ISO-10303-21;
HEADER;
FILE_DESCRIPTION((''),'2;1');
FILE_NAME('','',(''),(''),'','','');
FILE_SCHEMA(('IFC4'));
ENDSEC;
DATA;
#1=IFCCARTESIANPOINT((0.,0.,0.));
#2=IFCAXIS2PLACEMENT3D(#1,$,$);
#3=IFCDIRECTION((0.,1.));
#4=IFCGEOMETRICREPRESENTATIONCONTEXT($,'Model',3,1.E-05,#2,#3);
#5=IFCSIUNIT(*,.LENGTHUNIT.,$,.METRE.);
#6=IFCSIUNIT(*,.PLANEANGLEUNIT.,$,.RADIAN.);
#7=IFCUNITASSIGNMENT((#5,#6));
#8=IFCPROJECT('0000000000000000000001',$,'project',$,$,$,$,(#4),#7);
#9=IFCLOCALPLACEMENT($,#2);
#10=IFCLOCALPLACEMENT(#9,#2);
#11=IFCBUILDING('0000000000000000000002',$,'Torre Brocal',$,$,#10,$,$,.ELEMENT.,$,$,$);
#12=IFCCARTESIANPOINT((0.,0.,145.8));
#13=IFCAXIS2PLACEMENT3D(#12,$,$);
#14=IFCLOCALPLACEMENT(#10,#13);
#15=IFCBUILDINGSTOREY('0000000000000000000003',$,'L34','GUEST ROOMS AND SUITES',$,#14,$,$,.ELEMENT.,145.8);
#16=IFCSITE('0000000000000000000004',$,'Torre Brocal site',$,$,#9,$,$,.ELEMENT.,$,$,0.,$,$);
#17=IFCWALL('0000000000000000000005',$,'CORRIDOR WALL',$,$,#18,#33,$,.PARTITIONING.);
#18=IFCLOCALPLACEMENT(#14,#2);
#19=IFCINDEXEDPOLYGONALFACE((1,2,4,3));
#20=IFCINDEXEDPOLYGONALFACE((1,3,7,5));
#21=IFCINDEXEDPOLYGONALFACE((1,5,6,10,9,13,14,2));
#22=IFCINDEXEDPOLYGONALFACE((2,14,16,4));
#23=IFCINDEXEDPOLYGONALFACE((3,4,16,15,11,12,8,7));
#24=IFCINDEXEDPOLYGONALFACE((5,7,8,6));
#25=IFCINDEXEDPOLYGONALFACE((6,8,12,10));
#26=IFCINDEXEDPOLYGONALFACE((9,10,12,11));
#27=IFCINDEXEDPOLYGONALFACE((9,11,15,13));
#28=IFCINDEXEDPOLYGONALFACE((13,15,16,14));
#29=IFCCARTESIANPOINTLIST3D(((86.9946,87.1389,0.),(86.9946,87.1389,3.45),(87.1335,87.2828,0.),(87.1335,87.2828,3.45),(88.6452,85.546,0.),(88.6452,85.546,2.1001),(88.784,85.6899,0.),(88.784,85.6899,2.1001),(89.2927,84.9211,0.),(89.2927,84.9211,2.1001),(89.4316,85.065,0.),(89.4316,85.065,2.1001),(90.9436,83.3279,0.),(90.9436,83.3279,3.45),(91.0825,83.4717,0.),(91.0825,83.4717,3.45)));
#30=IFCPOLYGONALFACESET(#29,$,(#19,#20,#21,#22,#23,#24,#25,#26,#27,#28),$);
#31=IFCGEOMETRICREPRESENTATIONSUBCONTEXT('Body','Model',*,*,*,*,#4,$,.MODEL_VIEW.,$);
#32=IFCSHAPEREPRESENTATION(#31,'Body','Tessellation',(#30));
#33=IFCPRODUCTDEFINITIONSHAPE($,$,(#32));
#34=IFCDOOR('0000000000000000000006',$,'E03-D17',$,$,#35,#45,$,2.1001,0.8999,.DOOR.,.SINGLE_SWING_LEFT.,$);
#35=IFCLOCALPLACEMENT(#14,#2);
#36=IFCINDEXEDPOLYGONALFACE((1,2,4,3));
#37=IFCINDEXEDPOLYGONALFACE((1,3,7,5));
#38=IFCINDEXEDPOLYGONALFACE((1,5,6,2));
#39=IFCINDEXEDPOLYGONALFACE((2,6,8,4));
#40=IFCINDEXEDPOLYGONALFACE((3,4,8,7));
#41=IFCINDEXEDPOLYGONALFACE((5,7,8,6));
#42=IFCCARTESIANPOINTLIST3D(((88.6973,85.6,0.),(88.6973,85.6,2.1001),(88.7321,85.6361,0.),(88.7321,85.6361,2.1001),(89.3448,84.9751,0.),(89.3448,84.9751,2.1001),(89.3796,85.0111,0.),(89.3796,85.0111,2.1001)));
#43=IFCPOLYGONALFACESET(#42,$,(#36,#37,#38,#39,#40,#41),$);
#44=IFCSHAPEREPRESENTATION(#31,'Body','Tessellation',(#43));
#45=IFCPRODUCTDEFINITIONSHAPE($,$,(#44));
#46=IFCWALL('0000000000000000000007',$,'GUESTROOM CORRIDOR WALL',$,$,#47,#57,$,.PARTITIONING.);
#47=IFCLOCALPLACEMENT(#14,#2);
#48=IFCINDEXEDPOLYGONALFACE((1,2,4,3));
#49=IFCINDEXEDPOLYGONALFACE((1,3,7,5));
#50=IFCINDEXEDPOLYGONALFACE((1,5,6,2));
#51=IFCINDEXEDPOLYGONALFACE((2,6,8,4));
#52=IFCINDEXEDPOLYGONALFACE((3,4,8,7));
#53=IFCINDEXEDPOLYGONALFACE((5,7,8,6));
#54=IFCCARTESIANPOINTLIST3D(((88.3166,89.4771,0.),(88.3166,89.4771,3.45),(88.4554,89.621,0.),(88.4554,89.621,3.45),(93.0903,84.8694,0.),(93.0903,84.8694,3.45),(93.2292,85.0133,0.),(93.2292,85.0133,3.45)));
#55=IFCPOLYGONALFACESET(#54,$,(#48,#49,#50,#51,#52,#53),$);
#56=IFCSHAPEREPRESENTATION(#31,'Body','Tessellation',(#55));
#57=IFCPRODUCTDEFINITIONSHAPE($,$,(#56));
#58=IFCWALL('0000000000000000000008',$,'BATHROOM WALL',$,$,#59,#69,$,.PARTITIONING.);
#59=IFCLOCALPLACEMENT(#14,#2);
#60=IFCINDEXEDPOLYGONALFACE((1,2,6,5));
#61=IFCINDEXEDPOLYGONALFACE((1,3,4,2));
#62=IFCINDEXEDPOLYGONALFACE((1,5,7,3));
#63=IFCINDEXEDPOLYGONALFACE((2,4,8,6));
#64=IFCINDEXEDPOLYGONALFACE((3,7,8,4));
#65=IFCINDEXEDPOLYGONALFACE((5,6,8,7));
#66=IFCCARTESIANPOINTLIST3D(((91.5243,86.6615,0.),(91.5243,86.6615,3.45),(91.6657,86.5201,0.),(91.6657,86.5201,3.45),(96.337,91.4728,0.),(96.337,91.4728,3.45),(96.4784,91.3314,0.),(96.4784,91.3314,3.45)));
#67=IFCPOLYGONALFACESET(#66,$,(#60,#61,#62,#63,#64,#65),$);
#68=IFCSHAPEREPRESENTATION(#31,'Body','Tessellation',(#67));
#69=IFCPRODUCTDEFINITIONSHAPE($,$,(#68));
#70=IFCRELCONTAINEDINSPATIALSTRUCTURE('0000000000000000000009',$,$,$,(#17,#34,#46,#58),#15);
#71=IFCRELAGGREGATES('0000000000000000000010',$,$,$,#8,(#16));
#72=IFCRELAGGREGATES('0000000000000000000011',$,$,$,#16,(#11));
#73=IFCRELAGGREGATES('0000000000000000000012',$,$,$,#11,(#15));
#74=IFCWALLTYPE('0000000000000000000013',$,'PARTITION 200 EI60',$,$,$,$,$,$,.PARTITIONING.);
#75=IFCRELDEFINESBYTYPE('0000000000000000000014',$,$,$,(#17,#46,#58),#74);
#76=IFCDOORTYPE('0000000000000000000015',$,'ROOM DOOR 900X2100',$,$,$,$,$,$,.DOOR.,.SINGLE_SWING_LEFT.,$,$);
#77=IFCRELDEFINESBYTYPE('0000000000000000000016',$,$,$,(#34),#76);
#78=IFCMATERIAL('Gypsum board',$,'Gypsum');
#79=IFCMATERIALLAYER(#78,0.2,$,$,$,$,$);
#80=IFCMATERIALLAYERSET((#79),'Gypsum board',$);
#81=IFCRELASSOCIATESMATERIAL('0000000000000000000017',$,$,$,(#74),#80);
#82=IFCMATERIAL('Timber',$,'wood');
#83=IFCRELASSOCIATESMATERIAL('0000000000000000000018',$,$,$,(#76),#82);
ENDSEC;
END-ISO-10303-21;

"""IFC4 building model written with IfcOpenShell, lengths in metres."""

from ifc_helpers import new_model, si_unit, direction, frame, frame_2d, origin, place, context, subcontext, project, spatial, rectangle, extrude, material, layer, layer_set, type_object, element, fill, save


model = new_model("IFC4")

# Units and contexts
model_context = context("Model", 3, precision=1e-05, world=origin(), true_north=direction((0.0, 1.0)))
body_context = subcontext(model_context, "Body", "Model", "MODEL_VIEW")
ifc_project = project(units=[si_unit("LENGTHUNIT", "METRE"), si_unit("PLANEANGLEUNIT", "RADIAN")], contexts=[model_context])

# Site, building, storey
site_placement = place(None, origin())
site = spatial("IfcSite", under=ifc_project, at=site_placement, Name="Torre Brocal site", CompositionType="ELEMENT", RefElevation=0.0)
building_placement = place(site_placement, origin())
building = spatial("IfcBuilding", under=site, at=building_placement, Name="Torre Brocal", CompositionType="ELEMENT")
storey_placement = place(building_placement, frame((0.0, 0.0, 145.8)))
storey = spatial("IfcBuildingStorey", under=building, at=storey_placement, Name="L34", Description="GUEST ROOMS AND SUITES", CompositionType="ELEMENT", Elevation=145.8)

# Shared definitions
ifc_material_1 = material(Name="Gypsum board", Category="Gypsum")
ifc_layer_1 = layer(ifc_material_1, 0.2)
ifc_layer_set_1 = layer_set([ifc_layer_1], Name="Gypsum board")
wall_type_1 = type_object("IfcWallType", Name="PARTITION 200 EI60", PredefinedType="PARTITIONING", material=ifc_layer_set_1)

# Wall, opening, door
wall_1_placement = place(storey_placement, frame((87.064, 87.2109, 0.0), z_axis=(0.0, 0.0, 1.0), x_axis=(0.719562, -0.694428, 0.0)))
wall_1 = element("IfcWall", 1, at=wall_1_placement, inside=storey, type_object=wall_type_1, Name="CORRIDOR WALL", PredefinedType="PARTITIONING", context=body_context, shape_type="SweptSolid", body=[
    extrude(rectangle(XDim=5.488, YDim=0.2, at=frame_2d((2.7441, 0.0))), origin(), (0.0, 0.0, 1.0), 3.45),
])
opening_1_placement = place(wall_1_placement, frame((2.2939, 0.0, 0.0)))
opening_1 = element("IfcOpeningElement", 2, at=opening_1_placement, cuts=wall_1, PredefinedType="OPENING", context=body_context, shape_type="SweptSolid", body=[
    extrude(rectangle(XDim=0.8999, YDim=2.1001, at=frame_2d((0.45, 1.05))), frame((0.0, 0.1099, 0.0), z_axis=(0.0, -1.0, 0.0), x_axis=(1.0, 0.0, 0.0)), (0.0, 0.0, 1.0), 0.22),
])
ifc_material_2 = material(Name="Timber", Category="wood")
door_type_1 = type_object("IfcDoorType", Name="ROOM DOOR 900X2100", OperationType="SINGLE_SWING_LEFT", PredefinedType="DOOR", material=ifc_material_2)
door_1_placement = place(opening_1_placement, frame((0.8999, 0.0, 0.0), z_axis=(0.0, 0.0, 1.0), x_axis=(-1.0, 0.0, 0.0)))
door_1 = element("IfcDoor", 3, at=door_1_placement, inside=storey, type_object=door_type_1, Name="E03-D17", OperationType="SINGLE_SWING_LEFT", OverallHeight=2.1001, OverallWidth=0.8999, PredefinedType="DOOR", context=body_context, shape_type="SweptSolid", body=[
    extrude(rectangle(XDim=0.8999, YDim=2.1001, at=frame_2d((0.45, 1.05))), frame((0.0, 0.0249, 0.0), z_axis=(0.0, -1.0, 0.0), x_axis=(1.0, 0.0, 0.0)), (0.0, 0.0, 1.0), 0.05),
])
fill(opening_1, door_1)

# Walls
wall_2_placement = place(storey_placement, frame((88.386, 89.5491, 0.0), z_axis=(0.0, 0.0, 1.0), x_axis=(0.719507, -0.694485, 0.0)))
element("IfcWall", 4, at=wall_2_placement, inside=storey, type_object=wall_type_1, Name="GUESTROOM CORRIDOR WALL", PredefinedType="PARTITIONING", context=body_context, shape_type="SweptSolid", body=[
    extrude(rectangle(XDim=6.6348, YDim=0.2, at=frame_2d((3.3174, 0.0))), origin(), (0.0, 0.0, 1.0), 3.45),
])
wall_3_placement = place(storey_placement, frame((91.595, 86.5908, 0.0), z_axis=(0.0, 0.0, 1.0), x_axis=(0.707214, 0.706999, 0.0)))
element("IfcWall", 5, at=wall_3_placement, inside=storey, type_object=wall_type_1, Name="BATHROOM WALL", PredefinedType="PARTITIONING", context=body_context, shape_type="SweptSolid", body=[
    extrude(rectangle(XDim=6.8052, YDim=0.2, at=frame_2d((3.4026, 0.0))), origin(), (0.0, 0.0, 1.0), 3.45),
])

save(model, "model.ifc")
